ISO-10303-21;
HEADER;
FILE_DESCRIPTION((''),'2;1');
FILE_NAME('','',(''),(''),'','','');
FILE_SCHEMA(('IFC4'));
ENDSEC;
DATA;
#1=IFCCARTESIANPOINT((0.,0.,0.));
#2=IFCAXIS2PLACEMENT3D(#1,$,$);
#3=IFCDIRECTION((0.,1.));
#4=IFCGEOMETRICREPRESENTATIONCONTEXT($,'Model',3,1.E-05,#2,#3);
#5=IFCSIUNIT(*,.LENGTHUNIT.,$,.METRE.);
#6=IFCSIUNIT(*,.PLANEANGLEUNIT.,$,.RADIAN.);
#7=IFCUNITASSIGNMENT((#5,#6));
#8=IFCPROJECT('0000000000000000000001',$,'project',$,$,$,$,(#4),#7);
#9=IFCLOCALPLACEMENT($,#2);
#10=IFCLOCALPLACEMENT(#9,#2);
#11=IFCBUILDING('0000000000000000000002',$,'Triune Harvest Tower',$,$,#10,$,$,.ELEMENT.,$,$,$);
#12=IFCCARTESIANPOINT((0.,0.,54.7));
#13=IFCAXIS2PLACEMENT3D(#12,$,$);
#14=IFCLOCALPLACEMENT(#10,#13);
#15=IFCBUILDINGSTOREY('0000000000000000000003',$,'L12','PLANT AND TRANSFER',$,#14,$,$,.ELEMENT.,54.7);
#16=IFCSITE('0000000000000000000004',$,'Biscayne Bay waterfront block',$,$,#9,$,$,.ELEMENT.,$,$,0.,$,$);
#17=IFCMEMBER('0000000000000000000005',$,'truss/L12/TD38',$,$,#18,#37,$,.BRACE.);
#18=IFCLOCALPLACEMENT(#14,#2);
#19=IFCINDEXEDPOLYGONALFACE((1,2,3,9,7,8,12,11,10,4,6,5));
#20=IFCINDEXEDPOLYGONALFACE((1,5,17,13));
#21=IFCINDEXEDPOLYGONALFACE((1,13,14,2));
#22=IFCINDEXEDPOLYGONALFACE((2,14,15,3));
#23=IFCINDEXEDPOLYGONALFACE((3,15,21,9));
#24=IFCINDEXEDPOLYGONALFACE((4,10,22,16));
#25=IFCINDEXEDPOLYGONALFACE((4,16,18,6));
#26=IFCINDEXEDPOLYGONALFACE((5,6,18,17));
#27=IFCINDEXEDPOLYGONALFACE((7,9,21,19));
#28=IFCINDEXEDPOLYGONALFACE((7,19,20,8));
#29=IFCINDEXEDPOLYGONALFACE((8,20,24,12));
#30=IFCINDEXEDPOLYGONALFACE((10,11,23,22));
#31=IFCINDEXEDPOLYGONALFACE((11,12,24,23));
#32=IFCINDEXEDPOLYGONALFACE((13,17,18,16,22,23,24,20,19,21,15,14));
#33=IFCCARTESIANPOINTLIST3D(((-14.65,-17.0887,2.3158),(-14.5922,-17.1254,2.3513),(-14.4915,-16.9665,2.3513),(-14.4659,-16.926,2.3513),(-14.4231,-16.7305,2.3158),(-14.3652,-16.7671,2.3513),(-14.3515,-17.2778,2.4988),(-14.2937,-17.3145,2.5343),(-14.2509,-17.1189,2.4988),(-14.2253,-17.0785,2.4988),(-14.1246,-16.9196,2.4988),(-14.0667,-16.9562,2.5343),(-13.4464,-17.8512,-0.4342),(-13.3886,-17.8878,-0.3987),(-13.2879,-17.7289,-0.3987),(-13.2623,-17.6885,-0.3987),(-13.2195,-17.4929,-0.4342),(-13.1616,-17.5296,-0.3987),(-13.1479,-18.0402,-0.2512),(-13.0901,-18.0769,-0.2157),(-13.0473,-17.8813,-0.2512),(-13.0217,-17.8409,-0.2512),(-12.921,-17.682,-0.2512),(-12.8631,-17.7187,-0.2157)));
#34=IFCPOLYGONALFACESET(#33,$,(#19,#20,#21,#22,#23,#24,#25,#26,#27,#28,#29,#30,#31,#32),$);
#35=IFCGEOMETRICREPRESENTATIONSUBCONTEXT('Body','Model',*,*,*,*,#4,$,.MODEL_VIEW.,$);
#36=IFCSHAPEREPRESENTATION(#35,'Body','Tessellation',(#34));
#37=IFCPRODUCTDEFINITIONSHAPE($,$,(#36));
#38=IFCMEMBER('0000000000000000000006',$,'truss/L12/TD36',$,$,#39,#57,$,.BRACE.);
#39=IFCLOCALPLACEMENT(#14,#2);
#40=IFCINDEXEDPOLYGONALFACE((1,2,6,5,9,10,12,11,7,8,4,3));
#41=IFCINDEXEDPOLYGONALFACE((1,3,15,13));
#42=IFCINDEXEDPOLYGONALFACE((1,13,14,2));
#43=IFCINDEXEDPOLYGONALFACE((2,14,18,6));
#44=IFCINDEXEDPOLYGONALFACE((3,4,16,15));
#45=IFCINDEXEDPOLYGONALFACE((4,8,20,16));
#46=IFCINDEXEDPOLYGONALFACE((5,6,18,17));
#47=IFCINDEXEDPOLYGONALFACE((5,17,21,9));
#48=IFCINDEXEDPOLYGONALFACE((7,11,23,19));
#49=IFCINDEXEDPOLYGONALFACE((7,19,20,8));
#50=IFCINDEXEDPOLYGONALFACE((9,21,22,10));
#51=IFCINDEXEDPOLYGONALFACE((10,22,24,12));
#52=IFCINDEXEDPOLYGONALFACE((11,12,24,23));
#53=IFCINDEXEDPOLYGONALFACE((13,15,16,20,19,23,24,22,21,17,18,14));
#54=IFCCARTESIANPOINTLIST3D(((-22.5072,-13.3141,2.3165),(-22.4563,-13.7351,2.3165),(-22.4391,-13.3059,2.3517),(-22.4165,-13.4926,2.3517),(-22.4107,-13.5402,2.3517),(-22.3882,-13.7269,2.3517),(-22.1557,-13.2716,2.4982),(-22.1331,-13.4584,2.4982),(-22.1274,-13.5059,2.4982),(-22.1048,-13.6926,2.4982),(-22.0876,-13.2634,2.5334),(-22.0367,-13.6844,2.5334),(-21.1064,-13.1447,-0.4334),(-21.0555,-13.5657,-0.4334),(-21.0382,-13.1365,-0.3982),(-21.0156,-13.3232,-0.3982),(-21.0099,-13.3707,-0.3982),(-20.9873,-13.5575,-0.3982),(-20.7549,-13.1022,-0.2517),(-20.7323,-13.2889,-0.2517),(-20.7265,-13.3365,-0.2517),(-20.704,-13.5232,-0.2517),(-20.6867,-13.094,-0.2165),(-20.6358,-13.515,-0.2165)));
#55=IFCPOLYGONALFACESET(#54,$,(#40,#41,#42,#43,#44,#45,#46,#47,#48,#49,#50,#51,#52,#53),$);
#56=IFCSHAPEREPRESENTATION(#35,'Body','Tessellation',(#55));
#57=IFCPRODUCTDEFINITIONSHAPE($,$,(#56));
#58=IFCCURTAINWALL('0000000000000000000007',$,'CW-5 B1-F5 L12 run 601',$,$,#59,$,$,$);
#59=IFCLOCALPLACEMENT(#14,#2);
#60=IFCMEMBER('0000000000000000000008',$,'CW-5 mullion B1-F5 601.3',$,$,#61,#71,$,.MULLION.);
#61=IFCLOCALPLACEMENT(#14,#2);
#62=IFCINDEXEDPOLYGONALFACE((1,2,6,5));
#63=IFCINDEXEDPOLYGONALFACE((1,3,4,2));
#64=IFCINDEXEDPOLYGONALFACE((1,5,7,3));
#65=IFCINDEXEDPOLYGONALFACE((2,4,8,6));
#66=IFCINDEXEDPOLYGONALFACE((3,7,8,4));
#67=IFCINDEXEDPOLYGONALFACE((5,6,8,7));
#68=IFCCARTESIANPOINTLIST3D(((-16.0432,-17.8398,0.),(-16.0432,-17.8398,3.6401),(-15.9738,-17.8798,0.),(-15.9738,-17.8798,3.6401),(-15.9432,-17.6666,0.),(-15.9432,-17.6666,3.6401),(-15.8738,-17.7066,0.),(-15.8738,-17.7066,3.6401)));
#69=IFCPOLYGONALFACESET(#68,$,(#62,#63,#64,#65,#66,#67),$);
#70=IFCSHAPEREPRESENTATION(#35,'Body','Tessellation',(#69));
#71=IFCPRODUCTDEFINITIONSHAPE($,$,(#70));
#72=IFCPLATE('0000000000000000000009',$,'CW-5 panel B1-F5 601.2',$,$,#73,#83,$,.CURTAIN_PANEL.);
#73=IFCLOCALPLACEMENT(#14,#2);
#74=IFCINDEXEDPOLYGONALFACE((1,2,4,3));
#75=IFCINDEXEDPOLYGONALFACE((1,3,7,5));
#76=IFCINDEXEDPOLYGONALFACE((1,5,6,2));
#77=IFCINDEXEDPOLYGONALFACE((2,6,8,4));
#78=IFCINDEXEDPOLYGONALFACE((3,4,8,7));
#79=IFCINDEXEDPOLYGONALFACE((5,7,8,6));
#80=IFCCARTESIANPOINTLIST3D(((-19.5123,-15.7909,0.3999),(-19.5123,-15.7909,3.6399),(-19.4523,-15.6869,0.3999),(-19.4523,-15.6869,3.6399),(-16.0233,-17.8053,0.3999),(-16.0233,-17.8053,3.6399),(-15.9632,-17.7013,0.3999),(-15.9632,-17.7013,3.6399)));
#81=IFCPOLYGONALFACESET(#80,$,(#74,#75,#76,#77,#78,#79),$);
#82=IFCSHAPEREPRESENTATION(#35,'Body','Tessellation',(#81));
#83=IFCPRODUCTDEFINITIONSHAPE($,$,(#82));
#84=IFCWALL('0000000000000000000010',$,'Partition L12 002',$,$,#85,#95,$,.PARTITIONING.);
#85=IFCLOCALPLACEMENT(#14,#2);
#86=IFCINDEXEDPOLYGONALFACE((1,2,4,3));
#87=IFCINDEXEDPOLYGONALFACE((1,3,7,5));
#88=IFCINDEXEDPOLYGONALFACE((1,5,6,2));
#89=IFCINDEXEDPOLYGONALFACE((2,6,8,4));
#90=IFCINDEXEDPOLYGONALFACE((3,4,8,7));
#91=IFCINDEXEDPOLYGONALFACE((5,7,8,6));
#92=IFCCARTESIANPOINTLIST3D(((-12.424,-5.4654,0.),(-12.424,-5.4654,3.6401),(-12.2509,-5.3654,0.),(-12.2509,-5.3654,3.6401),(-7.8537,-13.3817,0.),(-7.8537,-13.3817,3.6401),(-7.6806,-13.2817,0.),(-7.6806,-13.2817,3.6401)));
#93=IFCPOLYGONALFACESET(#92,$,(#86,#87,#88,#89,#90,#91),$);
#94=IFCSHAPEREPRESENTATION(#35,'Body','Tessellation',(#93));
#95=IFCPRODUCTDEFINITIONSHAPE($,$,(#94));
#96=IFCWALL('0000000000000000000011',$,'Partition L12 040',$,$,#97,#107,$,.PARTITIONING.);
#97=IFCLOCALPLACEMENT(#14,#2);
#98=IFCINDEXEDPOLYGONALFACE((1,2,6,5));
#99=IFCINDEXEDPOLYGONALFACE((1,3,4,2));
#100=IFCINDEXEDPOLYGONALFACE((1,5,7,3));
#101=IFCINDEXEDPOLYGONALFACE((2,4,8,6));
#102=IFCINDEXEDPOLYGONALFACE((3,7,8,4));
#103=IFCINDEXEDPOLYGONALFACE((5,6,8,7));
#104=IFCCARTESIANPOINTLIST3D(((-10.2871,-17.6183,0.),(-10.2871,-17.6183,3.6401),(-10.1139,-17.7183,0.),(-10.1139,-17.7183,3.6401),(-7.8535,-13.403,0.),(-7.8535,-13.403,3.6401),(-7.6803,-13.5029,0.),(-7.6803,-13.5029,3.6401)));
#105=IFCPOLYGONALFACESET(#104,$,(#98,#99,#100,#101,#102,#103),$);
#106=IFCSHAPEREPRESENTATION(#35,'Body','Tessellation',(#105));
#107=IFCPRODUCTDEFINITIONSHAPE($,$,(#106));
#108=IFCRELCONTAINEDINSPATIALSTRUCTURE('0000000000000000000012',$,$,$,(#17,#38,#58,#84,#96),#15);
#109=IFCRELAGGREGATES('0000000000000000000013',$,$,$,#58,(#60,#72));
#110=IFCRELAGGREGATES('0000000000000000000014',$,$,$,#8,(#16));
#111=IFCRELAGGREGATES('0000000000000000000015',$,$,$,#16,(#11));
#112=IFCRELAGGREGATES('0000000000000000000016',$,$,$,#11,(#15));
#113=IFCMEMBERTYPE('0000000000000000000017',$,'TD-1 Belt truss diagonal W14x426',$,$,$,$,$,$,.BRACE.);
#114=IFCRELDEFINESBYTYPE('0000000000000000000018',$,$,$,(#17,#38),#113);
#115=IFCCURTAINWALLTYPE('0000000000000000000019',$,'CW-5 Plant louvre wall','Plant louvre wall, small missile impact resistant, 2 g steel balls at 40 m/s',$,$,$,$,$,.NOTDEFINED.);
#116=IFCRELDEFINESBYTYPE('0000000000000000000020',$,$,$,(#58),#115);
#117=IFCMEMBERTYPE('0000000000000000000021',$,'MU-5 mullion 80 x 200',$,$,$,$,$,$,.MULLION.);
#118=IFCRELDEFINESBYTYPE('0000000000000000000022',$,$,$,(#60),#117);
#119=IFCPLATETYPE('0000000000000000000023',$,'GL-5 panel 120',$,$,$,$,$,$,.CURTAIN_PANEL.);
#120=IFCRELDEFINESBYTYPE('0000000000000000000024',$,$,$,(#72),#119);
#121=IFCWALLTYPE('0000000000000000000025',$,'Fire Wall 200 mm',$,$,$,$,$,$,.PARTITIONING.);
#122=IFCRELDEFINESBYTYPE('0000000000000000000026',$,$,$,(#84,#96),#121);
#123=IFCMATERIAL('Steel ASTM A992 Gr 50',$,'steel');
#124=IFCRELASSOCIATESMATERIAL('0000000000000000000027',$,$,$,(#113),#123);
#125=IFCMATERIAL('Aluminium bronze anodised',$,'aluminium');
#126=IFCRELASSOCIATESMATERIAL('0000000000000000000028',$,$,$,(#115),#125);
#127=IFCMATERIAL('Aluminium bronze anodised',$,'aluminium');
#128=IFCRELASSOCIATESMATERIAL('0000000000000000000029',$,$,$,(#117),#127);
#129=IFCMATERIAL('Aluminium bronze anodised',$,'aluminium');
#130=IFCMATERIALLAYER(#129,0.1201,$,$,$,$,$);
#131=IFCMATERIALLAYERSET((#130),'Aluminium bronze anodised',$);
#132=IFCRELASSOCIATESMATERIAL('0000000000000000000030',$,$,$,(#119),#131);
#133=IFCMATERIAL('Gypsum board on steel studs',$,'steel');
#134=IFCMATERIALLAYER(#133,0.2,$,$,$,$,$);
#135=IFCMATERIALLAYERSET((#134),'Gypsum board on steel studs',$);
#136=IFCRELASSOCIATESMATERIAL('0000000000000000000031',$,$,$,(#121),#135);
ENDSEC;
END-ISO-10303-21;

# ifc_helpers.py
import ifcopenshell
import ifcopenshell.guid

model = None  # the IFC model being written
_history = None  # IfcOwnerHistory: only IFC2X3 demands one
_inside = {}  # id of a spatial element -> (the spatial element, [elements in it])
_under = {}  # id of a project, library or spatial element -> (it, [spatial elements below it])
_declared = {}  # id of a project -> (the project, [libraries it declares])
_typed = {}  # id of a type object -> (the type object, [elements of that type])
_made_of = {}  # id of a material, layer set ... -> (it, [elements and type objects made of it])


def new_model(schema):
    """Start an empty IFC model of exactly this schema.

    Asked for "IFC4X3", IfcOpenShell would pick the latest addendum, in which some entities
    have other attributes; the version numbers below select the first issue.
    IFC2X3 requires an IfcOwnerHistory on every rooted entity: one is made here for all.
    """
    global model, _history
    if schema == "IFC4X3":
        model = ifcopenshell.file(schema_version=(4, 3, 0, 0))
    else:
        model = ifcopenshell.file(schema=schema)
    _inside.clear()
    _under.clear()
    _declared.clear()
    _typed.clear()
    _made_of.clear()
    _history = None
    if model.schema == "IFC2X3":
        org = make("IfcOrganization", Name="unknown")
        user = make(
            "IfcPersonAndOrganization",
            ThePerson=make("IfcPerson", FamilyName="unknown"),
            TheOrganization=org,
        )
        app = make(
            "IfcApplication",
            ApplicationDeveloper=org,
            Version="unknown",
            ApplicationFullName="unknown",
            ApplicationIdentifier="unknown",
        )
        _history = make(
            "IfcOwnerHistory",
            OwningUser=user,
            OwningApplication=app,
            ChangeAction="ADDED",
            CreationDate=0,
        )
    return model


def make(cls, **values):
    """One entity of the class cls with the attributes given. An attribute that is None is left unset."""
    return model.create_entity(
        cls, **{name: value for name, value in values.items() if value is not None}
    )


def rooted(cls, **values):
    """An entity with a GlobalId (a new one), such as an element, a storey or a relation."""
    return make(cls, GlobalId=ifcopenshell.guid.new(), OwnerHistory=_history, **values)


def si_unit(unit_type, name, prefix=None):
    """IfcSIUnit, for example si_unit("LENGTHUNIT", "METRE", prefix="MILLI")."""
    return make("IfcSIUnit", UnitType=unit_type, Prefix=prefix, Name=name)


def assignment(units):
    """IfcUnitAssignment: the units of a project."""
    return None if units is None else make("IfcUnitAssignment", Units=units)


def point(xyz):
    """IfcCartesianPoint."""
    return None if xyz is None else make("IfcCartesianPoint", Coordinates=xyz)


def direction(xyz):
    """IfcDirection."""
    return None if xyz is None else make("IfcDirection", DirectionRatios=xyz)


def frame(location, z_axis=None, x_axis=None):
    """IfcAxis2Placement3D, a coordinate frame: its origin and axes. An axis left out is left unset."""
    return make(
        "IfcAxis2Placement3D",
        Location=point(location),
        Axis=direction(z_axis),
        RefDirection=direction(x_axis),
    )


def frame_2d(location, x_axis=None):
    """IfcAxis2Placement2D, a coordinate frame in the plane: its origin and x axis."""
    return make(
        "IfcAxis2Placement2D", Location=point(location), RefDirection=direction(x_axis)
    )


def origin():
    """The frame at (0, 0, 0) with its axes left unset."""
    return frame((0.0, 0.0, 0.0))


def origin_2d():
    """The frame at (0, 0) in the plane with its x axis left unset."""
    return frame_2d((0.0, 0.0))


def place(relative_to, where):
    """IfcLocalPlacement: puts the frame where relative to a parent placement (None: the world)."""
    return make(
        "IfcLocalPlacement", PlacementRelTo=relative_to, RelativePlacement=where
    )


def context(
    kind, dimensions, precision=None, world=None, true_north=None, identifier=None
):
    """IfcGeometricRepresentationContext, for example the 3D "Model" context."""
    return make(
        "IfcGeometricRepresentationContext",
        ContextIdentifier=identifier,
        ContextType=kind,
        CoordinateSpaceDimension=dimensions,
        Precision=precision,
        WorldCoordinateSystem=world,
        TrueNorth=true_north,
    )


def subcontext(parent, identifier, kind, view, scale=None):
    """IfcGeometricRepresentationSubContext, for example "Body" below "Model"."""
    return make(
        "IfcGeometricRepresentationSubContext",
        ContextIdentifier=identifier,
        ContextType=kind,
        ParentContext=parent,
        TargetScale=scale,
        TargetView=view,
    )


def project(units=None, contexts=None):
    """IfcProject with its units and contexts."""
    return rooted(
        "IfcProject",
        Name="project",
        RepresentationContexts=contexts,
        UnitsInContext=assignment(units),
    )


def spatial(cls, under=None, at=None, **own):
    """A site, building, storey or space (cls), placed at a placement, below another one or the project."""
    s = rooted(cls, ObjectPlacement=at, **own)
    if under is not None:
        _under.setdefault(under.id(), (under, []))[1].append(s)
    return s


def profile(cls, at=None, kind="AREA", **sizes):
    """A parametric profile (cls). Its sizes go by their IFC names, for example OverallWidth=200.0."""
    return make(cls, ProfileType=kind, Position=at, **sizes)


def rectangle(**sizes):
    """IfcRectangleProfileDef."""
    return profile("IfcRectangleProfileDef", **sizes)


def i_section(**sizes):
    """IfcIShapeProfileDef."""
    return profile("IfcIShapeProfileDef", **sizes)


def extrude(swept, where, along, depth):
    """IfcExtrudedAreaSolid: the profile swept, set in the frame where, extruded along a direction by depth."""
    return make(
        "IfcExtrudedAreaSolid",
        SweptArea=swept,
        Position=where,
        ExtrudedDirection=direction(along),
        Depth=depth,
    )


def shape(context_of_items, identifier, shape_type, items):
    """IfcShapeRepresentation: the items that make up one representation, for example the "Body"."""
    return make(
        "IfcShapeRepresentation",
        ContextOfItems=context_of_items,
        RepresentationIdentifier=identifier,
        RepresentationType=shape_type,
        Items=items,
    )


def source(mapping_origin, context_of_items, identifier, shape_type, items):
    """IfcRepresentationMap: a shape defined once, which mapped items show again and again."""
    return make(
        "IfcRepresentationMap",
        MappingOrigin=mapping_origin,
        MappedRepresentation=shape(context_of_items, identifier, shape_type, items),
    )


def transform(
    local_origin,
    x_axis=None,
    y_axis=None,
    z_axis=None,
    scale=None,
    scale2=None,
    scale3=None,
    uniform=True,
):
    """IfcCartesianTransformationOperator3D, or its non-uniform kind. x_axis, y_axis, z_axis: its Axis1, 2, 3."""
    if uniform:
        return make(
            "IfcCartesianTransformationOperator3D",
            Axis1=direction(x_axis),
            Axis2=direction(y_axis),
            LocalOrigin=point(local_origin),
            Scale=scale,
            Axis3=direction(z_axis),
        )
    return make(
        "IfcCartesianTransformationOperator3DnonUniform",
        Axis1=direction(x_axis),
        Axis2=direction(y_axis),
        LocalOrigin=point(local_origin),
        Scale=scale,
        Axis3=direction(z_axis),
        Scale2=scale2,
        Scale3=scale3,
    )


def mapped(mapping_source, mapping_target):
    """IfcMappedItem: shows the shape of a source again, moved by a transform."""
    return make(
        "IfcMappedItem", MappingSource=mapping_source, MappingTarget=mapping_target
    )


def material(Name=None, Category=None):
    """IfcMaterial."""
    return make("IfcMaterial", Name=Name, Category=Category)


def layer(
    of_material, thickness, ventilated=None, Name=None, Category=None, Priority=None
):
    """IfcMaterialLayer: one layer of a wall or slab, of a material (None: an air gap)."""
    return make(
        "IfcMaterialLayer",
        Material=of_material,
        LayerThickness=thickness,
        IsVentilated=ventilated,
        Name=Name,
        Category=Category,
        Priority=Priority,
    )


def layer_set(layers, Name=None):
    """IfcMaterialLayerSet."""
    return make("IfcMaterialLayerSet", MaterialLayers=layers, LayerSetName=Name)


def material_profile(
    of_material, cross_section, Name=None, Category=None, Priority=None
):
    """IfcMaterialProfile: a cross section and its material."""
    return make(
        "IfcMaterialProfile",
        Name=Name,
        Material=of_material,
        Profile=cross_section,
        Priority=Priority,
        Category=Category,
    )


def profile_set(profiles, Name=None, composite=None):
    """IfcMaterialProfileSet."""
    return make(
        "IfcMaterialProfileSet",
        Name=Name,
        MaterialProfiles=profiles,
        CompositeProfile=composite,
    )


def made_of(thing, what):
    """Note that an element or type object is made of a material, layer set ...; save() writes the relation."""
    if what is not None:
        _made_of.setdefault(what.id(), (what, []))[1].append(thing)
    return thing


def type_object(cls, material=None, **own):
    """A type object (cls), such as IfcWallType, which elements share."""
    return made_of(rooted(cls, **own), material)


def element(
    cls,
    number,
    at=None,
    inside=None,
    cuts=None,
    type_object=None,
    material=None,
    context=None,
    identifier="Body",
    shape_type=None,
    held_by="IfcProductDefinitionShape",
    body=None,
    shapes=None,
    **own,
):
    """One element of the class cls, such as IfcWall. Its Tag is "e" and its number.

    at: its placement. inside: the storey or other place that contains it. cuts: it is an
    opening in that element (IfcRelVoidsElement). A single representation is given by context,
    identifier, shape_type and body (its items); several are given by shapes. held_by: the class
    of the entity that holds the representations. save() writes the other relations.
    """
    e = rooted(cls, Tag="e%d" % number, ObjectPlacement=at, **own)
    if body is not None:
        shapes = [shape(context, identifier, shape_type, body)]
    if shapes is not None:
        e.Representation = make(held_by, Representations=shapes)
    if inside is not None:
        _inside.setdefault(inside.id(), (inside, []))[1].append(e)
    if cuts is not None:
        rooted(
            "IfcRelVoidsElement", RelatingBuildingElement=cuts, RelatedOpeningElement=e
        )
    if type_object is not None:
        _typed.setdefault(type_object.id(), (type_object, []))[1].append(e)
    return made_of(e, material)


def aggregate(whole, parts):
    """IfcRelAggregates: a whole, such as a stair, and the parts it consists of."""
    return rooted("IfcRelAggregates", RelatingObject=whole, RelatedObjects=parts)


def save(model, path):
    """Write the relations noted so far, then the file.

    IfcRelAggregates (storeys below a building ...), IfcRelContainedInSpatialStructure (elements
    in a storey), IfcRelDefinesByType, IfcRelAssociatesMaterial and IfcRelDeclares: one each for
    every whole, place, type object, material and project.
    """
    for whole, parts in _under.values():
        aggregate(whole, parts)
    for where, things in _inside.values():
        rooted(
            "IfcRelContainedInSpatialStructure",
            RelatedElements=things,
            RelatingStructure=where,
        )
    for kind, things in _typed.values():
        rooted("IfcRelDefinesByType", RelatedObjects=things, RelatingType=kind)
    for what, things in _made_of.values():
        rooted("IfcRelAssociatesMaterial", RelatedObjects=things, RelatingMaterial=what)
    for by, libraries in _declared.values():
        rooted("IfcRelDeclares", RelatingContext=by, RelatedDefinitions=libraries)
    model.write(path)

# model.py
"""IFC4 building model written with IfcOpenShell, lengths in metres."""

from ifc_helpers import new_model, si_unit, direction, frame, frame_2d, origin, origin_2d, place, context, subcontext, project, spatial, rectangle, i_section, extrude, source, transform, mapped, material, layer, layer_set, material_profile, profile_set, type_object, element, aggregate, save


model = new_model("IFC4")

# Units and contexts
model_context = context("Model", 3, precision=1e-05, world=origin(), true_north=direction((0.0, 1.0)))
body_context = subcontext(model_context, "Body", "Model", "MODEL_VIEW")
ifc_project = project(units=[si_unit("LENGTHUNIT", "METRE"), si_unit("PLANEANGLEUNIT", "RADIAN")], contexts=[model_context])

# Site, building, storey
site_placement = place(None, origin())
site = spatial("IfcSite", under=ifc_project, at=site_placement, Name="Biscayne Bay waterfront block", CompositionType="ELEMENT", RefElevation=0.0)
building_placement = place(site_placement, origin())
building = spatial("IfcBuilding", under=site, at=building_placement, Name="Triune Harvest Tower", CompositionType="ELEMENT")
storey_placement = place(building_placement, frame((0.0, 0.0, 54.7)))
storey = spatial("IfcBuildingStorey", under=building, at=storey_placement, Name="L12", Description="PLANT AND TRANSFER", CompositionType="ELEMENT", Elevation=54.7)

# Members
ifc_material_1 = material(Name="Steel ASTM A992 Gr 50", Category="steel")
ifc_material_profile_1 = material_profile(ifc_material_1, i_section(OverallWidth=0.4241, OverallDepth=0.4751, WebThickness=0.0479, FlangeThickness=0.0771, at=origin_2d()), Name="W14x426")
ifc_profile_set_1 = profile_set([ifc_material_profile_1], Name="Steel ASTM A992 Gr 50")
member_type_1 = type_object("IfcMemberType", Name="TD-1 Belt truss diagonal W14x426", PredefinedType="BRACE", material=ifc_profile_set_1)
shared_shape_1 = source(origin(), body_context, "Body", "SweptSolid", [
    extrude(i_section(OverallWidth=0.4241, OverallDepth=0.4751, WebThickness=0.0479, FlangeThickness=0.0771, at=origin_2d()), origin(), (0.0, 0.0, 1.0), 3.0972),
])
member_1_placement = place(storey_placement, frame((-13.1548, -17.7849, -0.325), z_axis=(-0.388616, 0.246176, 0.887905), x_axis=(-0.535134, -0.844767, 0.0)))
element("IfcMember", 1, at=member_1_placement, inside=storey, type_object=member_type_1, Name="truss/L12/TD38", PredefinedType="BRACE", context=body_context, shape_type="MappedRepresentation", body=[
    mapped(shared_shape_1, transform((0.0, 0.0, 0.0), scale=1.0)),
])
shared_shape_2 = source(origin(), body_context, "Body", "SweptSolid", [
    extrude(i_section(OverallWidth=0.4241, OverallDepth=0.4751, WebThickness=0.0479, FlangeThickness=0.0771, at=origin_2d()), origin(), (0.0, 0.0, 1.0), 3.0908),
])
member_2_placement = place(storey_placement, frame((-20.8711, -13.3298, -0.325), z_axis=(-0.453227, -0.054817, 0.889708), x_axis=(0.120073, -0.992765, 0.0)))
element("IfcMember", 2, at=member_2_placement, inside=storey, type_object=member_type_1, Name="truss/L12/TD36", PredefinedType="BRACE", context=body_context, shape_type="MappedRepresentation", body=[
    mapped(shared_shape_2, transform((0.0, 0.0, 0.0), scale=1.0)),
])

# Curtain wall, member, plate
ifc_material_2 = material(Name="Aluminium bronze anodised", Category="aluminium")
curtain_wall_type = type_object("IfcCurtainWallType", Name="CW-5 Plant louvre wall", Description="Plant louvre wall, small missile impact resistant, 2 g steel balls at 40 m/s", PredefinedType="NOTDEFINED", material=ifc_material_2)
curtain_wall_placement = place(storey_placement, origin())
curtain_wall = element("IfcCurtainWall", 3, at=curtain_wall_placement, inside=storey, type_object=curtain_wall_type, Name="CW-5 B1-F5 L12 run 601")
ifc_material_3 = material(Name="Aluminium bronze anodised", Category="aluminium")
ifc_material_profile_2 = material_profile(ifc_material_3, rectangle(XDim=0.2, YDim=0.0801, at=origin_2d()), Name="MU-5 mullion 80 x 200")
ifc_profile_set_2 = profile_set([ifc_material_profile_2], Name="Aluminium bronze anodised")
member_type_2 = type_object("IfcMemberType", Name="MU-5 mullion 80 x 200", PredefinedType="MULLION", material=ifc_profile_set_2)
shared_shape_3 = source(origin(), body_context, "Body", "SweptSolid", [
    extrude(rectangle(XDim=0.2, YDim=0.0801, at=origin_2d()), origin(), (0.0, 0.0, 1.0), 3.6401),
])
member_3_placement = place(storey_placement, frame((-15.9585, -17.7732, 0.0), z_axis=(0.0, 0.0, 1.0), x_axis=(0.5, 0.866025, 0.0)))
member_3 = element("IfcMember", 4, at=member_3_placement, type_object=member_type_2, Name="CW-5 mullion B1-F5 601.3", PredefinedType="MULLION", context=body_context, shape_type="MappedRepresentation", body=[
    mapped(shared_shape_3, transform((0.0, 0.0, 0.0), scale=1.0)),
])
ifc_material_4 = material(Name="Aluminium bronze anodised", Category="aluminium")
ifc_layer_1 = layer(ifc_material_4, 0.1201)
ifc_layer_set_1 = layer_set([ifc_layer_1], Name="Aluminium bronze anodised")
plate_type = type_object("IfcPlateType", Name="GL-5 panel 120", PredefinedType="CURTAIN_PANEL", material=ifc_layer_set_1)
shared_shape_4 = source(origin(), body_context, "Body", "SweptSolid", [
    extrude(rectangle(XDim=4.0288, YDim=0.1201, at=origin_2d()), origin(), (0.0, 0.0, 1.0), 3.24),
])
plate_placement = place(storey_placement, frame((-17.7378, -16.7461, 0.3999), z_axis=(0.0, 0.0, 1.0), x_axis=(0.866025, -0.5, 0.0)))
plate = element("IfcPlate", 5, at=plate_placement, type_object=plate_type, Name="CW-5 panel B1-F5 601.2", PredefinedType="CURTAIN_PANEL", context=body_context, shape_type="MappedRepresentation", body=[
    mapped(shared_shape_4, transform((0.0, 0.0, 0.0), scale=1.0)),
])
aggregate(curtain_wall, [member_3, plate])

# Walls
ifc_material_5 = material(Name="Gypsum board on steel studs", Category="steel")
ifc_layer_2 = layer(ifc_material_5, 0.2)
ifc_layer_set_2 = layer_set([ifc_layer_2], Name="Gypsum board on steel studs")
wall_type_1 = type_object("IfcWallType", Name="Fire Wall 200 mm", PredefinedType="PARTITIONING", material=ifc_layer_set_2)
wall_1_placement = place(storey_placement, frame((-12.3374, -5.4155, 0.0), z_axis=(0.0, 0.0, 1.0), x_axis=(0.499988, -0.866032, 0.0)))
element("IfcWall", 6, at=wall_1_placement, inside=storey, type_object=wall_type_1, Name="Partition L12 002", PredefinedType="PARTITIONING", context=body_context, shape_type="SweptSolid", body=[
    extrude(rectangle(XDim=9.1409, YDim=0.2, at=frame_2d((4.5703, 0.0))), origin(), (0.0, 0.0, 1.0), 3.6401),
])
wall_2_placement = place(storey_placement, frame((-10.2004, -17.6682, 0.0), z_axis=(0.0, 0.0, 1.0), x_axis=(0.49998, 0.866037, 0.0)))
element("IfcWall", 7, at=wall_2_placement, inside=storey, type_object=wall_type_1, Name="Partition L12 040", PredefinedType="PARTITIONING", context=body_context, shape_type="SweptSolid", body=[
    extrude(rectangle(XDim=4.8674, YDim=0.2, at=frame_2d((2.4336, 0.0))), origin(), (0.0, 0.0, 1.0), 3.6401),
])

save(model, "model.ifc")
